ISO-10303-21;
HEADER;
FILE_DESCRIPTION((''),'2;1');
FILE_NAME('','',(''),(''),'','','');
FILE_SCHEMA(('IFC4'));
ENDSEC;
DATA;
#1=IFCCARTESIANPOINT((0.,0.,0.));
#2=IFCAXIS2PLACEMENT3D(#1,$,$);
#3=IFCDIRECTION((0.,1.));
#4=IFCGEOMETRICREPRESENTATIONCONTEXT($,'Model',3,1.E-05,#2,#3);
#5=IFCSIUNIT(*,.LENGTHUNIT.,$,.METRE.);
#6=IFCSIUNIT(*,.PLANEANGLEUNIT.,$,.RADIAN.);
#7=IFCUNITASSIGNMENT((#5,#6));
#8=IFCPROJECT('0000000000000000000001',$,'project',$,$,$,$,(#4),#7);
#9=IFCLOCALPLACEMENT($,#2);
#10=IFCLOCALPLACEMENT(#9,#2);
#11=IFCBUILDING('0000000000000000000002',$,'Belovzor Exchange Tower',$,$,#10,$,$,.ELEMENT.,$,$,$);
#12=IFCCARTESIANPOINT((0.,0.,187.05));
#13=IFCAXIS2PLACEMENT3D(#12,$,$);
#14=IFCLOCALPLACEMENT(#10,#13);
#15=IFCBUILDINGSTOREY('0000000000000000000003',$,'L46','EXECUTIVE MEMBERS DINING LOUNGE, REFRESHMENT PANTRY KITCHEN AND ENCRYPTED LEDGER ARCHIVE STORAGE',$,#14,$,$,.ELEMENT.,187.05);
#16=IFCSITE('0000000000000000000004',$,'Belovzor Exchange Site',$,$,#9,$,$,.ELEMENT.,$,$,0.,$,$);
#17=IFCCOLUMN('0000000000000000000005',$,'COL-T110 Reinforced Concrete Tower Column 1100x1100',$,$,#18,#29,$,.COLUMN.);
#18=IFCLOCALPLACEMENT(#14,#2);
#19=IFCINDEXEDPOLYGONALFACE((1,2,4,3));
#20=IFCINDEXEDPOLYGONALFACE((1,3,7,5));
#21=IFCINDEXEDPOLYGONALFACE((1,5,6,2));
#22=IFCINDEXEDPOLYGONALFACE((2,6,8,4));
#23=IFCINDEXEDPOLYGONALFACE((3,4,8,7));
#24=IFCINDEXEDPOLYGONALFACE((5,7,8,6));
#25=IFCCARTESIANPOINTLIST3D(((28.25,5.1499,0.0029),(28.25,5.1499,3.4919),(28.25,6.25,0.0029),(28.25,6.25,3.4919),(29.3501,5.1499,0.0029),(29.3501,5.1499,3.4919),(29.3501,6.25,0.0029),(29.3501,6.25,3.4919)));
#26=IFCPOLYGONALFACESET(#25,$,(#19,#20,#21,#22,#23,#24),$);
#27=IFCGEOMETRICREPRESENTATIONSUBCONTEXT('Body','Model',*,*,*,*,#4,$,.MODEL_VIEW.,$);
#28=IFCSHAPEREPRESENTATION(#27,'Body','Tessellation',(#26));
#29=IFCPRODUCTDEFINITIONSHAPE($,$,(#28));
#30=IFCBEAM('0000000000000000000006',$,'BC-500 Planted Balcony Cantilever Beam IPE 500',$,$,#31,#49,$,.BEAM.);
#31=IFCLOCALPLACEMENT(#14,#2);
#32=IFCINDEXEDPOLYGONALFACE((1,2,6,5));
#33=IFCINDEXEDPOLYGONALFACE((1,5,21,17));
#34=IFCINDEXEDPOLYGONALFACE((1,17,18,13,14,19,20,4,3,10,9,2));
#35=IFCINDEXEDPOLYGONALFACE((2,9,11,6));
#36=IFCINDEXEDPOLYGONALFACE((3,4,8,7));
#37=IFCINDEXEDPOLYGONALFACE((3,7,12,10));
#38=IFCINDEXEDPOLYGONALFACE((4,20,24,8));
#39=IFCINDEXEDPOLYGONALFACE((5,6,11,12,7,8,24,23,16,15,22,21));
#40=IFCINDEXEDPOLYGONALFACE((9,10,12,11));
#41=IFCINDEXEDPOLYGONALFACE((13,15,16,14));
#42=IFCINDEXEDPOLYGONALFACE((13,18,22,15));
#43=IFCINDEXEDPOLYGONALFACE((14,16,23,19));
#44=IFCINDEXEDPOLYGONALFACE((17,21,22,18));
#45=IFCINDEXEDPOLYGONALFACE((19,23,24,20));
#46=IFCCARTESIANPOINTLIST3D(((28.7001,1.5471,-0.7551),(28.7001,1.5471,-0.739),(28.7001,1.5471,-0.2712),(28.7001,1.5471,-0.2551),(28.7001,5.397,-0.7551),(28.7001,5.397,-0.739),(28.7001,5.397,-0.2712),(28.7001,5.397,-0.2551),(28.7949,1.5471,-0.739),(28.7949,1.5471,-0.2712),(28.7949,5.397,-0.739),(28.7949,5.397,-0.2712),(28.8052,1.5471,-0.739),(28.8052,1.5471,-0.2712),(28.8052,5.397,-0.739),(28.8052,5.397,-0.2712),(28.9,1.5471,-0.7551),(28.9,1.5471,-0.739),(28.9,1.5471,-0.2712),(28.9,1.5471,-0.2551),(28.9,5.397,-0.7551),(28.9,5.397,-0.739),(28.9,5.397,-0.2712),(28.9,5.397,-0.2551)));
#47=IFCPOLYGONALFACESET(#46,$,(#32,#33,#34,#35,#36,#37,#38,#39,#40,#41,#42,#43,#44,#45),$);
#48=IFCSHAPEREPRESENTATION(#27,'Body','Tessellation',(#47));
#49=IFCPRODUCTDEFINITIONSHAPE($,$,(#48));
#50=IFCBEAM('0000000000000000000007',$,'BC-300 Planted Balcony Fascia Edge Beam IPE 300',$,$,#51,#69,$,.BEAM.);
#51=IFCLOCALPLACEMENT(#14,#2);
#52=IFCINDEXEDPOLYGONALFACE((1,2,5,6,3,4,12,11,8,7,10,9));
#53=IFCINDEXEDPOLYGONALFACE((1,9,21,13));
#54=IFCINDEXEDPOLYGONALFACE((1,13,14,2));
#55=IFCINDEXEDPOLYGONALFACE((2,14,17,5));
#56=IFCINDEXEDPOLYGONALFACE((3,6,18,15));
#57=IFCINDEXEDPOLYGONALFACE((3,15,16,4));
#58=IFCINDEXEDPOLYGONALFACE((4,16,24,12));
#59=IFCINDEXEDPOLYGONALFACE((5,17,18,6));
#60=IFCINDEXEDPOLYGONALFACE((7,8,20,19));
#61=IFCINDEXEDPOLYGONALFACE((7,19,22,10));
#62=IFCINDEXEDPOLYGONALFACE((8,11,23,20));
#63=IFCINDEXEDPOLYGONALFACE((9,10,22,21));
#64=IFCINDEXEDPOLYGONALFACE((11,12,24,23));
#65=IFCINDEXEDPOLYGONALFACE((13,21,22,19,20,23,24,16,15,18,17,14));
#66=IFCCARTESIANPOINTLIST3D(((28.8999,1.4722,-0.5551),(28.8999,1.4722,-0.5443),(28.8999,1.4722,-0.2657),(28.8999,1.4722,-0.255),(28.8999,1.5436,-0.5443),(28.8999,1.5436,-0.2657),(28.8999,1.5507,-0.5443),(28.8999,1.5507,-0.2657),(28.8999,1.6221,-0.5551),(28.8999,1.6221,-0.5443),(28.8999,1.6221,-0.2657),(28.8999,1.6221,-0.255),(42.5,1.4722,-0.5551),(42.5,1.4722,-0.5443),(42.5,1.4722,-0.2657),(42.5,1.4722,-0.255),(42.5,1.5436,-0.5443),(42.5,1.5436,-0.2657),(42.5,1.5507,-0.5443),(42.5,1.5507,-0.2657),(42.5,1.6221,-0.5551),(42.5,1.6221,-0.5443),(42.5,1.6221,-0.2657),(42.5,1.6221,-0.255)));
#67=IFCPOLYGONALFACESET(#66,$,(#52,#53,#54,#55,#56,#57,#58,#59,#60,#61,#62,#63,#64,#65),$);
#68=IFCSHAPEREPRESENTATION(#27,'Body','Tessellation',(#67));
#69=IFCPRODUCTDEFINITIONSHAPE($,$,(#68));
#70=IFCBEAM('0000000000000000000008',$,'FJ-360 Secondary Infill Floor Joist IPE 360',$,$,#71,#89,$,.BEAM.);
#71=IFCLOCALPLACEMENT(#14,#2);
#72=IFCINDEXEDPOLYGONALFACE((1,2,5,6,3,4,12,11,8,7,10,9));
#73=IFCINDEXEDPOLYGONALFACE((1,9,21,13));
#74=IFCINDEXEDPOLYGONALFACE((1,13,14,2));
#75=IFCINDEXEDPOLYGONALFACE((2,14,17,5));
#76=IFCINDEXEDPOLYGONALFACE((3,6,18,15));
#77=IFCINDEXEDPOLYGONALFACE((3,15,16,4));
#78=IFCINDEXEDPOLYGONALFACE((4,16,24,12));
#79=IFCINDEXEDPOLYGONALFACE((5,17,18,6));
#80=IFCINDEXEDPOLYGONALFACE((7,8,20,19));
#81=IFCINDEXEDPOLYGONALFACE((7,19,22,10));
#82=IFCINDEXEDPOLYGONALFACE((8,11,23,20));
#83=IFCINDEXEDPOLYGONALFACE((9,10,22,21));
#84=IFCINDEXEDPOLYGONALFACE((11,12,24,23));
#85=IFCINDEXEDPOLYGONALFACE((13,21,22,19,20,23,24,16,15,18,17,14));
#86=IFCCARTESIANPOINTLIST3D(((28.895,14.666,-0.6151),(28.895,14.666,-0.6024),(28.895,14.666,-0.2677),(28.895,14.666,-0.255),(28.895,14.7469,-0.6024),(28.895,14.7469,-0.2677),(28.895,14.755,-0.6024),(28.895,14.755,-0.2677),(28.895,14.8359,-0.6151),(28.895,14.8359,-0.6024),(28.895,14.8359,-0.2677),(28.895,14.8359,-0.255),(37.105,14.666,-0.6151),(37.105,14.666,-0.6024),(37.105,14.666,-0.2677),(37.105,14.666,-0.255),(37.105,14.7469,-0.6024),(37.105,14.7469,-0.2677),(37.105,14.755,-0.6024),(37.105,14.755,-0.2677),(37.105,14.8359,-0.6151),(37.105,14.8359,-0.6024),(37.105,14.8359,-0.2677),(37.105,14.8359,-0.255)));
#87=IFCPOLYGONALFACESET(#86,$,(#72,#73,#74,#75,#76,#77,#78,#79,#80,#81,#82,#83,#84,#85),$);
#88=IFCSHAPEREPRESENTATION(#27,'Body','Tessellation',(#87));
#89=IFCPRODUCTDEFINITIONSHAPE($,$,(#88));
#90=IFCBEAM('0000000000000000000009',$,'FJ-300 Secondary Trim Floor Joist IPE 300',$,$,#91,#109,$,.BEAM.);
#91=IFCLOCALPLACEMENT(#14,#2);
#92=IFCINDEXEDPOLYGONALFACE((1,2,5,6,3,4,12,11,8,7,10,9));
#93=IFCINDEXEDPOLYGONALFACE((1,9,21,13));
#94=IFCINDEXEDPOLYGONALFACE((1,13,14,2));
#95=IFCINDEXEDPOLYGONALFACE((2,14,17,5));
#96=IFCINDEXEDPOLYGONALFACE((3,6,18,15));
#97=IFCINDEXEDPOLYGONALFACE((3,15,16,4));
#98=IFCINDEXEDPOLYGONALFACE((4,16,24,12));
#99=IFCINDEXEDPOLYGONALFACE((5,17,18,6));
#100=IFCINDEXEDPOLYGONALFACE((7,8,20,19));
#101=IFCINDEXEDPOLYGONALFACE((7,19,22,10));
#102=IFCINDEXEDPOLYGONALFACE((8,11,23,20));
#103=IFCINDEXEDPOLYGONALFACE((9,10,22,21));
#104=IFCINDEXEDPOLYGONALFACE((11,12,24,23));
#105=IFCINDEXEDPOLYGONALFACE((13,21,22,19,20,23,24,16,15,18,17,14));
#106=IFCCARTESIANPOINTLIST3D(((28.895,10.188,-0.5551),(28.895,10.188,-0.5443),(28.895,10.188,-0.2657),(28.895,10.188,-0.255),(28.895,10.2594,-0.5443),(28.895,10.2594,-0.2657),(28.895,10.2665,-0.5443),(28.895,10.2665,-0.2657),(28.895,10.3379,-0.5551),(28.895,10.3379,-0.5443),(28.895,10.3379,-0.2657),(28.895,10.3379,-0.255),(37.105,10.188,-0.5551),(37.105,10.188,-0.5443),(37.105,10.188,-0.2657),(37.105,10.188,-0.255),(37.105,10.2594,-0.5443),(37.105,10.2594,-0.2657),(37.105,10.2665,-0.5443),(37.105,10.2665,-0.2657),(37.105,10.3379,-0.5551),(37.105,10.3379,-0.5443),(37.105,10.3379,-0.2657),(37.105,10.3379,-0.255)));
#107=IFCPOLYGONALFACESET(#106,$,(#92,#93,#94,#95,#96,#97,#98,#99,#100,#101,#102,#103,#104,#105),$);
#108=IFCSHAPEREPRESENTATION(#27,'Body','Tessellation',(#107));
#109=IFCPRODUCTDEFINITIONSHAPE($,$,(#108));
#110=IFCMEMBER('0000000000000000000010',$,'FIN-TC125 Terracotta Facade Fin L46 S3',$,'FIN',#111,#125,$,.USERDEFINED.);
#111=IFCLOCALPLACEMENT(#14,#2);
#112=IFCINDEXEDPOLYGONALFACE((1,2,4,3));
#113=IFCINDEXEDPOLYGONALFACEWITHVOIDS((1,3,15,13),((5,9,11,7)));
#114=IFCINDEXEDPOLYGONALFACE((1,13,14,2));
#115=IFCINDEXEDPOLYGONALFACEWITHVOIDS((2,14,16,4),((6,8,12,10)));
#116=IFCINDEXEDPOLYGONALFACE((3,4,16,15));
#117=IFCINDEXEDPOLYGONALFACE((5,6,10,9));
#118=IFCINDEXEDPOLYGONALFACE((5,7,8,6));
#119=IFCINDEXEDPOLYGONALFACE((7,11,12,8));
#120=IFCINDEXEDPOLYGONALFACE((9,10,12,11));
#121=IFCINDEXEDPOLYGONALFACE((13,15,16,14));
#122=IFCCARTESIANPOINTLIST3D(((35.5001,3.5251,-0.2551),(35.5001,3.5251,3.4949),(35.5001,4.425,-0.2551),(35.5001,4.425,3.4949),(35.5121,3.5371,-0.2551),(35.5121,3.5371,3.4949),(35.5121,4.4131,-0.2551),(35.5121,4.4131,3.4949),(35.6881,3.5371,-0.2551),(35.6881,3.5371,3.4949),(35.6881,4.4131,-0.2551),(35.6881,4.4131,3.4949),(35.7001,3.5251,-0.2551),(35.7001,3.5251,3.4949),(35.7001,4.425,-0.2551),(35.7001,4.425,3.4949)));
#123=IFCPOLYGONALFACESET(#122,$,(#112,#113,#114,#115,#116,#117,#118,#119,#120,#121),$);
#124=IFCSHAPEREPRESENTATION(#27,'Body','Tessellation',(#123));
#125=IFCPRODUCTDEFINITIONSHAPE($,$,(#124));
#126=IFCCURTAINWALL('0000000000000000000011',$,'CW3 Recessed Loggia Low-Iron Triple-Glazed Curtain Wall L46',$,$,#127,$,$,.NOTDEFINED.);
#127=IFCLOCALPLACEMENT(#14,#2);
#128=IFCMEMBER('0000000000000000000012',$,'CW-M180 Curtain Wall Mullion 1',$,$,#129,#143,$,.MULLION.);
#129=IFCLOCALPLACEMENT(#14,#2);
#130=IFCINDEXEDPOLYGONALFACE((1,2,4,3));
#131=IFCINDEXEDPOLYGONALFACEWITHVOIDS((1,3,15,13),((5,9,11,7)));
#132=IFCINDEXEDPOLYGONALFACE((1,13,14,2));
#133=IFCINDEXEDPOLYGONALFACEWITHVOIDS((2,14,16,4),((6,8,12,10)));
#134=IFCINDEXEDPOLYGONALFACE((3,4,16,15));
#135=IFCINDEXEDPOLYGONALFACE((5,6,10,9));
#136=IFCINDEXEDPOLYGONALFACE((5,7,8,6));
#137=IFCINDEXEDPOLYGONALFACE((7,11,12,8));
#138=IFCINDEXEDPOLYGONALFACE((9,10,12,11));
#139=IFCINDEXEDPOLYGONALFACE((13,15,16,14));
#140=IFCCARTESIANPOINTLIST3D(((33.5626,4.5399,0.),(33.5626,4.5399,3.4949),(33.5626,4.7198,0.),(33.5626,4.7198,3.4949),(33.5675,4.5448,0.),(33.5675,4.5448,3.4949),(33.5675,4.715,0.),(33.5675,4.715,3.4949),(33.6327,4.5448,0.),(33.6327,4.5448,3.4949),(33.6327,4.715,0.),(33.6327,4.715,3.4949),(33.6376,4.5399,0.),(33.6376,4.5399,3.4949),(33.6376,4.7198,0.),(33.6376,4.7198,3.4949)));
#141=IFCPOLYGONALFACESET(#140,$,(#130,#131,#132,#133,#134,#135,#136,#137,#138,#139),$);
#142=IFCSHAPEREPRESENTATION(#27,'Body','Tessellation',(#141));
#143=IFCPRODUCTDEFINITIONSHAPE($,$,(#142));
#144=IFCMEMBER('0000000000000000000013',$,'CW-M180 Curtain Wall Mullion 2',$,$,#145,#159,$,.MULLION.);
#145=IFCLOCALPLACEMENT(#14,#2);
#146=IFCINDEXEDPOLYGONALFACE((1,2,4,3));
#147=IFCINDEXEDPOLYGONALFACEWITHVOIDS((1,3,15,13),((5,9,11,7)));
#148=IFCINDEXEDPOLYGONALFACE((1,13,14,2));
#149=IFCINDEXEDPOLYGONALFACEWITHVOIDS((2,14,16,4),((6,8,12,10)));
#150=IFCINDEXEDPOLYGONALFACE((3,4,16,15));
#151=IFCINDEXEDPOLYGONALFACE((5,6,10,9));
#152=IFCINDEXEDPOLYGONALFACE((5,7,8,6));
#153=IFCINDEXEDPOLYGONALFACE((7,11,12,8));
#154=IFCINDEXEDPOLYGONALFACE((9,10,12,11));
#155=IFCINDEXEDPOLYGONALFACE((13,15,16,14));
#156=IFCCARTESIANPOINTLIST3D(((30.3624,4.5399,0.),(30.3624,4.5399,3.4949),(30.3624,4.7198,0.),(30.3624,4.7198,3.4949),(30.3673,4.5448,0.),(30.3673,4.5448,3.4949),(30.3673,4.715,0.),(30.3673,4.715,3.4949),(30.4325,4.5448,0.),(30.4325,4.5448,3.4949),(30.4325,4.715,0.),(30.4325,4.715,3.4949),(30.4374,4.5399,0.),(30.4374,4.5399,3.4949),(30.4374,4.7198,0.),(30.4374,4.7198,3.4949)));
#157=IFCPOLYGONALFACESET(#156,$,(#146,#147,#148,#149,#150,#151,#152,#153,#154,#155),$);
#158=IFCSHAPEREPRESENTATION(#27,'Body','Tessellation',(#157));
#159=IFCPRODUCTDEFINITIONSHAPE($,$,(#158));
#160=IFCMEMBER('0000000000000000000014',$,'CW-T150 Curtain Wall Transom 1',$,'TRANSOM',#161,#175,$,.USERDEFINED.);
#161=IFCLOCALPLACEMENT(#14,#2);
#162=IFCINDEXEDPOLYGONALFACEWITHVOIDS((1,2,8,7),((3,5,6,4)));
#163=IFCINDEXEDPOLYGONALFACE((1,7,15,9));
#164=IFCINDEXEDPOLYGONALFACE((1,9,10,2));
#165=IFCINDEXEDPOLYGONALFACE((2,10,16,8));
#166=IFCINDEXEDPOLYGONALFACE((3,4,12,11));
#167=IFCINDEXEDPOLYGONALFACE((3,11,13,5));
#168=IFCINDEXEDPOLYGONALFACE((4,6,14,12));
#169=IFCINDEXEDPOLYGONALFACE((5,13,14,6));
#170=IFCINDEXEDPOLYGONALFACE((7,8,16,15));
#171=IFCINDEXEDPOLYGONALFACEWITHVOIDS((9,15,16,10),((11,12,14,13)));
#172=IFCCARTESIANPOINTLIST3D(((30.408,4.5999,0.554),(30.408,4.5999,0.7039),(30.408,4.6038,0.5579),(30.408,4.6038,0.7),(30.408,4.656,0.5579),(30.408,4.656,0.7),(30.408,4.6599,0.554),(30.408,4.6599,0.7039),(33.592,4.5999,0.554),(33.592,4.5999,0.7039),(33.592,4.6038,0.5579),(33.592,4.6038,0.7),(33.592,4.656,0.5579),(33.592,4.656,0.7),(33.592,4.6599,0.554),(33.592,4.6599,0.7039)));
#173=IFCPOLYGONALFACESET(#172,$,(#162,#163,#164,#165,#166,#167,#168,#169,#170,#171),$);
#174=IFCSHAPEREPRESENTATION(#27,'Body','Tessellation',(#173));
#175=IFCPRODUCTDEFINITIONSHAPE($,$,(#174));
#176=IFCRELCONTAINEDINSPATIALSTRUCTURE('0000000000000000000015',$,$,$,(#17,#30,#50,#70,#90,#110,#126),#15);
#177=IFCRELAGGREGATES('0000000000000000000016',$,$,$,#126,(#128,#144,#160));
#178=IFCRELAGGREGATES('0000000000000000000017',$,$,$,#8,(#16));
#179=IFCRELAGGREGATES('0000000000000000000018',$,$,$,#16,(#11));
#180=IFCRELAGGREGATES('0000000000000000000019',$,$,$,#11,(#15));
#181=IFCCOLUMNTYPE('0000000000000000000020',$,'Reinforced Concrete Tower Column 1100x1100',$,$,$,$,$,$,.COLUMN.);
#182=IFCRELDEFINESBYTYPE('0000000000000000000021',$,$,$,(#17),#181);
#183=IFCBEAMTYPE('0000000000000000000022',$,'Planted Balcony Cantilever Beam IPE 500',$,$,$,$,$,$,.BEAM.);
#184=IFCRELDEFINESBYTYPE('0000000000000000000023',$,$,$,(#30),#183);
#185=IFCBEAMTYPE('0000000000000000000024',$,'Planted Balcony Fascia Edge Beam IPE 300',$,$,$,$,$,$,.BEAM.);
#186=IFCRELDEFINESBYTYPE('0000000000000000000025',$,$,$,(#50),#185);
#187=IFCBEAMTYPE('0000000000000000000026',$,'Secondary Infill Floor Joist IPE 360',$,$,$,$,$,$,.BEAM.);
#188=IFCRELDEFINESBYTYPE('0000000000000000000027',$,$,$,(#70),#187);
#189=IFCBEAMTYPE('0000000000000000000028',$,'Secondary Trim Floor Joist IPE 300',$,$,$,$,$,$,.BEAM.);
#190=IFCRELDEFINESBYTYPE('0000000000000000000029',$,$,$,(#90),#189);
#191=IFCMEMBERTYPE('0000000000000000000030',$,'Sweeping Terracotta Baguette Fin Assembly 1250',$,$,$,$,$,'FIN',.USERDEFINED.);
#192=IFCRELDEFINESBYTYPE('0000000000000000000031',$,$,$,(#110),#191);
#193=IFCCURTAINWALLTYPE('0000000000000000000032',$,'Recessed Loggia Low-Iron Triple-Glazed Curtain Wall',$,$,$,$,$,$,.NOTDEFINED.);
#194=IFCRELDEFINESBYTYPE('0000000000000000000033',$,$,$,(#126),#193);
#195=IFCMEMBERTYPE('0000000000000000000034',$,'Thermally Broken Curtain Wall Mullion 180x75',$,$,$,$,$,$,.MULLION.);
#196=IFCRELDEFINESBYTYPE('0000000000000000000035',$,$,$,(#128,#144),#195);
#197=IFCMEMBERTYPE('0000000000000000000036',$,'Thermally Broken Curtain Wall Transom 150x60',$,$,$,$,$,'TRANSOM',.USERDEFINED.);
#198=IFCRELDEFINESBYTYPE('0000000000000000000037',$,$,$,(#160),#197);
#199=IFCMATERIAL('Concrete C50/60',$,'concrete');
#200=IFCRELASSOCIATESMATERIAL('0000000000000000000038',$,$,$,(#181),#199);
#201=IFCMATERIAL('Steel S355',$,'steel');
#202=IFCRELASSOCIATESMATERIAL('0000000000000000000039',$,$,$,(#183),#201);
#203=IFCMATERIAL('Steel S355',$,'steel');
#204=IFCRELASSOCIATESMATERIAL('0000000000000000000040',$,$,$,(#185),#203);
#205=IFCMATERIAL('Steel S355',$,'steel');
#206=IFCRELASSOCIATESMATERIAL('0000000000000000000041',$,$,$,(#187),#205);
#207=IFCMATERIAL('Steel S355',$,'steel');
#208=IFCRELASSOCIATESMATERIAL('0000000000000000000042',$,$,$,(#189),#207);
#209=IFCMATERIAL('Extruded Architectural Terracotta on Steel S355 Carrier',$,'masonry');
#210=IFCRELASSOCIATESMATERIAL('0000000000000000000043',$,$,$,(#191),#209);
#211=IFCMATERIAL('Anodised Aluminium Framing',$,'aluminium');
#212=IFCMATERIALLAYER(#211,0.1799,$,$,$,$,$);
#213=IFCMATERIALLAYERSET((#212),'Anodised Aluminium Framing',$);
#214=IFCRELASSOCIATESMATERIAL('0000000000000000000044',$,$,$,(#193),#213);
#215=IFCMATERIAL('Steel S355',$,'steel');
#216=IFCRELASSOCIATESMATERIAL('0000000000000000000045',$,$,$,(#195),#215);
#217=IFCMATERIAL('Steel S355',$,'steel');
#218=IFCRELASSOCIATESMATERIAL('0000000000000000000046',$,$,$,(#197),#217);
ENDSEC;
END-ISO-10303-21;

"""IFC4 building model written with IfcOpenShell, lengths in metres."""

from ifc_helpers import new_model, si_unit, direction, frame, origin, origin_2d, place, context, subcontext, project, spatial, rectangle, hollow_rectangle, i_section, extrude, material, layer, layer_set, material_profile, profile_set, type_object, element, aggregate, save


model = new_model("IFC4")

# Units and contexts
model_context = context("Model", 3, precision=1e-05, world=origin(), true_north=direction((0.0, 1.0)))
body_context = subcontext(model_context, "Body", "Model", "MODEL_VIEW")
ifc_project = project(units=[si_unit("LENGTHUNIT", "METRE"), si_unit("PLANEANGLEUNIT", "RADIAN")], contexts=[model_context])

# Site, building, storey
site_placement = place(None, origin())
site = spatial("IfcSite", under=ifc_project, at=site_placement, Name="Belovzor Exchange Site", CompositionType="ELEMENT", RefElevation=0.0)
building_placement = place(site_placement, origin())
building = spatial("IfcBuilding", under=site, at=building_placement, Name="Belovzor Exchange Tower", CompositionType="ELEMENT")
storey_placement = place(building_placement, frame((0.0, 0.0, 187.05)))
storey = spatial("IfcBuildingStorey", under=building, at=storey_placement, Name="L46", Description="EXECUTIVE MEMBERS DINING LOUNGE, REFRESHMENT PANTRY KITCHEN AND ENCRYPTED LEDGER ARCHIVE STORAGE", CompositionType="ELEMENT", Elevation=187.05)

# Column
ifc_material_1 = material(Name="Concrete C50/60", Category="concrete")
ifc_material_profile_1 = material_profile(ifc_material_1, rectangle(XDim=1.1001, YDim=1.1001, at=origin_2d()))
ifc_profile_set_1 = profile_set([ifc_material_profile_1], Name="Concrete C50/60")
column_type = type_object("IfcColumnType", Name="Reinforced Concrete Tower Column 1100x1100", PredefinedType="COLUMN", material=ifc_profile_set_1)
column_placement = place(storey_placement, frame((28.8, 5.7, 0.0029), z_axis=(0.0, 0.0, 1.0), x_axis=(1.0, 0.0, 0.0)))
element("IfcColumn", 1, at=column_placement, inside=storey, type_object=column_type, Name="COL-T110 Reinforced Concrete Tower Column 1100x1100", PredefinedType="COLUMN", context=body_context, shape_type="SweptSolid", body=[
    extrude(rectangle(XDim=1.1001, YDim=1.1001, at=origin_2d()), origin(), (0.0, 0.0, 1.0), 3.489),
])

# Beams
ifc_material_2 = material(Name="Steel S355", Category="steel")
ifc_material_profile_2 = material_profile(ifc_material_2, i_section(OverallWidth=0.2, OverallDepth=0.5, WebThickness=0.0103, FlangeThickness=0.0161, at=origin_2d()))
ifc_profile_set_2 = profile_set([ifc_material_profile_2], Name="Steel S355")
beam_type_1 = type_object("IfcBeamType", Name="Planted Balcony Cantilever Beam IPE 500", PredefinedType="BEAM", material=ifc_profile_set_2)
beam_1_placement = place(storey_placement, frame((28.8, 5.397, -0.5051), z_axis=(0.0, -1.0, 0.0), x_axis=(1.0, 0.0, 0.0)))
element("IfcBeam", 2, at=beam_1_placement, inside=storey, type_object=beam_type_1, Name="BC-500 Planted Balcony Cantilever Beam IPE 500", PredefinedType="BEAM", context=body_context, shape_type="SweptSolid", body=[
    extrude(i_section(OverallWidth=0.2, OverallDepth=0.5, WebThickness=0.0103, FlangeThickness=0.0161, at=origin_2d()), origin(), (0.0, 0.0, 1.0), 3.8499),
])
ifc_material_3 = material(Name="Steel S355", Category="steel")
ifc_material_profile_3 = material_profile(ifc_material_3, i_section(OverallWidth=0.1499, OverallDepth=0.3, WebThickness=0.0071, FlangeThickness=0.0107, at=origin_2d()))
ifc_profile_set_3 = profile_set([ifc_material_profile_3], Name="Steel S355")
beam_type_2 = type_object("IfcBeamType", Name="Planted Balcony Fascia Edge Beam IPE 300", PredefinedType="BEAM", material=ifc_profile_set_3)
beam_2_placement = place(storey_placement, frame((28.8999, 1.5471, -0.405), z_axis=(1.0, 0.0, 0.0), x_axis=(0.0, 1.0, 0.0)))
element("IfcBeam", 3, at=beam_2_placement, inside=storey, type_object=beam_type_2, Name="BC-300 Planted Balcony Fascia Edge Beam IPE 300", PredefinedType="BEAM", context=body_context, shape_type="SweptSolid", body=[
    extrude(i_section(OverallWidth=0.1499, OverallDepth=0.3, WebThickness=0.0071, FlangeThickness=0.0107, at=origin_2d()), origin(), (0.0, 0.0, 1.0), 13.6001),
])
ifc_material_4 = material(Name="Steel S355", Category="steel")
ifc_material_profile_4 = material_profile(ifc_material_4, i_section(OverallWidth=0.1699, OverallDepth=0.3601, WebThickness=0.0081, FlangeThickness=0.0127, at=origin_2d()))
ifc_profile_set_4 = profile_set([ifc_material_profile_4], Name="Steel S355")
beam_type_3 = type_object("IfcBeamType", Name="Secondary Infill Floor Joist IPE 360", PredefinedType="BEAM", material=ifc_profile_set_4)
beam_3_placement = place(storey_placement, frame((28.895, 14.751, -0.4351), z_axis=(1.0, 0.0, 0.0), x_axis=(0.0, 1.0, 0.0)))
element("IfcBeam", 4, at=beam_3_placement, inside=storey, type_object=beam_type_3, Name="FJ-360 Secondary Infill Floor Joist IPE 360", PredefinedType="BEAM", context=body_context, shape_type="SweptSolid", body=[
    extrude(i_section(OverallWidth=0.1699, OverallDepth=0.3601, WebThickness=0.0081, FlangeThickness=0.0127, at=origin_2d()), origin(), (0.0, 0.0, 1.0), 8.21),
])
ifc_material_5 = material(Name="Steel S355", Category="steel")
ifc_material_profile_5 = material_profile(ifc_material_5, i_section(OverallWidth=0.1499, OverallDepth=0.3, WebThickness=0.0071, FlangeThickness=0.0107, at=origin_2d()))
ifc_profile_set_5 = profile_set([ifc_material_profile_5], Name="Steel S355")
beam_type_4 = type_object("IfcBeamType", Name="Secondary Trim Floor Joist IPE 300", PredefinedType="BEAM", material=ifc_profile_set_5)
beam_4_placement = place(storey_placement, frame((28.895, 10.2629, -0.405), z_axis=(1.0, 0.0, 0.0), x_axis=(0.0, 1.0, 0.0)))
element("IfcBeam", 5, at=beam_4_placement, inside=storey, type_object=beam_type_4, Name="FJ-300 Secondary Trim Floor Joist IPE 300", PredefinedType="BEAM", context=body_context, shape_type="SweptSolid", body=[
    extrude(i_section(OverallWidth=0.1499, OverallDepth=0.3, WebThickness=0.0071, FlangeThickness=0.0107, at=origin_2d()), origin(), (0.0, 0.0, 1.0), 8.21),
])

# Member
ifc_material_6 = material(Name="Extruded Architectural Terracotta on Steel S355 Carrier", Category="masonry")
ifc_material_profile_6 = material_profile(ifc_material_6, hollow_rectangle(XDim=0.2, YDim=0.8999, WallThickness=0.012, at=origin_2d()))
ifc_profile_set_6 = profile_set([ifc_material_profile_6], Name="Extruded Architectural Terracotta on Steel S355 Carrier")
member_type_1 = type_object("IfcMemberType", Name="Sweeping Terracotta Baguette Fin Assembly 1250", ElementType="FIN", PredefinedType="USERDEFINED", material=ifc_profile_set_6)
member_1_placement = place(storey_placement, frame((35.6001, 3.9751, -0.2551), z_axis=(0.0, 0.0, 1.0), x_axis=(1.0, 0.0, 0.0)))
element("IfcMember", 6, at=member_1_placement, inside=storey, type_object=member_type_1, Name="FIN-TC125 Terracotta Facade Fin L46 S3", ObjectType="FIN", PredefinedType="USERDEFINED", context=body_context, shape_type="SweptSolid", body=[
    extrude(hollow_rectangle(XDim=0.2, YDim=0.8999, WallThickness=0.012, at=origin_2d()), origin(), (0.0, 0.0, 1.0), 3.75),
])

# Curtain wall, members
ifc_material_7 = material(Name="Anodised Aluminium Framing", Category="aluminium")
ifc_layer_1 = layer(ifc_material_7, 0.1799)
ifc_layer_set_1 = layer_set([ifc_layer_1], Name="Anodised Aluminium Framing")
curtain_wall_type = type_object("IfcCurtainWallType", Name="Recessed Loggia Low-Iron Triple-Glazed Curtain Wall", PredefinedType="NOTDEFINED", material=ifc_layer_set_1)
curtain_wall_placement = place(storey_placement, origin())
curtain_wall = element("IfcCurtainWall", 7, at=curtain_wall_placement, inside=storey, type_object=curtain_wall_type, Name="CW3 Recessed Loggia Low-Iron Triple-Glazed Curtain Wall L46", PredefinedType="NOTDEFINED")
ifc_material_8 = material(Name="Steel S355", Category="steel")
ifc_material_profile_7 = material_profile(ifc_material_8, hollow_rectangle(XDim=0.075, YDim=0.1799, WallThickness=0.0049, at=origin_2d()))
ifc_profile_set_7 = profile_set([ifc_material_profile_7], Name="Steel S355")
member_type_2 = type_object("IfcMemberType", Name="Thermally Broken Curtain Wall Mullion 180x75", PredefinedType="MULLION", material=ifc_profile_set_7)
member_2_placement = place(storey_placement, frame((33.6001, 4.6299, 0.0), z_axis=(0.0, 0.0, 1.0), x_axis=(-1.0, 0.0, 0.0)))
member_2 = element("IfcMember", 8, at=member_2_placement, type_object=member_type_2, Name="CW-M180 Curtain Wall Mullion 1", PredefinedType="MULLION", context=body_context, shape_type="SweptSolid", body=[
    extrude(hollow_rectangle(XDim=0.075, YDim=0.1799, WallThickness=0.0049, at=origin_2d()), origin(), (0.0, 0.0, 1.0), 3.4949),
])
member_3_placement = place(storey_placement, frame((30.3999, 4.6299, 0.0), z_axis=(0.0, 0.0, 1.0), x_axis=(-1.0, 0.0, 0.0)))
member_3 = element("IfcMember", 9, at=member_3_placement, type_object=member_type_2, Name="CW-M180 Curtain Wall Mullion 2", PredefinedType="MULLION", context=body_context, shape_type="SweptSolid", body=[
    extrude(hollow_rectangle(XDim=0.075, YDim=0.1799, WallThickness=0.0049, at=origin_2d()), origin(), (0.0, 0.0, 1.0), 3.4949),
])
ifc_material_9 = material(Name="Steel S355", Category="steel")
ifc_material_profile_8 = material_profile(ifc_material_9, hollow_rectangle(XDim=0.0601, YDim=0.1499, WallThickness=0.0039, at=origin_2d()))
ifc_profile_set_8 = profile_set([ifc_material_profile_8], Name="Steel S355")
member_type_3 = type_object("IfcMemberType", Name="Thermally Broken Curtain Wall Transom 150x60", ElementType="TRANSOM", PredefinedType="USERDEFINED", material=ifc_profile_set_8)
member_4_placement = place(storey_placement, frame((33.592, 4.6299, 0.6289), z_axis=(-1.0, 0.0, 0.0), x_axis=(0.0, -1.0, 0.0)))
member_4 = element("IfcMember", 10, at=member_4_placement, type_object=member_type_3, Name="CW-T150 Curtain Wall Transom 1", ObjectType="TRANSOM", PredefinedType="USERDEFINED", context=body_context, shape_type="SweptSolid", body=[
    extrude(hollow_rectangle(XDim=0.0601, YDim=0.1499, WallThickness=0.0039, at=origin_2d()), origin(), (0.0, 0.0, 1.0), 3.1841),
])

aggregate(curtain_wall, [member_2, member_3, member_4])

save(model, "model.ifc")
